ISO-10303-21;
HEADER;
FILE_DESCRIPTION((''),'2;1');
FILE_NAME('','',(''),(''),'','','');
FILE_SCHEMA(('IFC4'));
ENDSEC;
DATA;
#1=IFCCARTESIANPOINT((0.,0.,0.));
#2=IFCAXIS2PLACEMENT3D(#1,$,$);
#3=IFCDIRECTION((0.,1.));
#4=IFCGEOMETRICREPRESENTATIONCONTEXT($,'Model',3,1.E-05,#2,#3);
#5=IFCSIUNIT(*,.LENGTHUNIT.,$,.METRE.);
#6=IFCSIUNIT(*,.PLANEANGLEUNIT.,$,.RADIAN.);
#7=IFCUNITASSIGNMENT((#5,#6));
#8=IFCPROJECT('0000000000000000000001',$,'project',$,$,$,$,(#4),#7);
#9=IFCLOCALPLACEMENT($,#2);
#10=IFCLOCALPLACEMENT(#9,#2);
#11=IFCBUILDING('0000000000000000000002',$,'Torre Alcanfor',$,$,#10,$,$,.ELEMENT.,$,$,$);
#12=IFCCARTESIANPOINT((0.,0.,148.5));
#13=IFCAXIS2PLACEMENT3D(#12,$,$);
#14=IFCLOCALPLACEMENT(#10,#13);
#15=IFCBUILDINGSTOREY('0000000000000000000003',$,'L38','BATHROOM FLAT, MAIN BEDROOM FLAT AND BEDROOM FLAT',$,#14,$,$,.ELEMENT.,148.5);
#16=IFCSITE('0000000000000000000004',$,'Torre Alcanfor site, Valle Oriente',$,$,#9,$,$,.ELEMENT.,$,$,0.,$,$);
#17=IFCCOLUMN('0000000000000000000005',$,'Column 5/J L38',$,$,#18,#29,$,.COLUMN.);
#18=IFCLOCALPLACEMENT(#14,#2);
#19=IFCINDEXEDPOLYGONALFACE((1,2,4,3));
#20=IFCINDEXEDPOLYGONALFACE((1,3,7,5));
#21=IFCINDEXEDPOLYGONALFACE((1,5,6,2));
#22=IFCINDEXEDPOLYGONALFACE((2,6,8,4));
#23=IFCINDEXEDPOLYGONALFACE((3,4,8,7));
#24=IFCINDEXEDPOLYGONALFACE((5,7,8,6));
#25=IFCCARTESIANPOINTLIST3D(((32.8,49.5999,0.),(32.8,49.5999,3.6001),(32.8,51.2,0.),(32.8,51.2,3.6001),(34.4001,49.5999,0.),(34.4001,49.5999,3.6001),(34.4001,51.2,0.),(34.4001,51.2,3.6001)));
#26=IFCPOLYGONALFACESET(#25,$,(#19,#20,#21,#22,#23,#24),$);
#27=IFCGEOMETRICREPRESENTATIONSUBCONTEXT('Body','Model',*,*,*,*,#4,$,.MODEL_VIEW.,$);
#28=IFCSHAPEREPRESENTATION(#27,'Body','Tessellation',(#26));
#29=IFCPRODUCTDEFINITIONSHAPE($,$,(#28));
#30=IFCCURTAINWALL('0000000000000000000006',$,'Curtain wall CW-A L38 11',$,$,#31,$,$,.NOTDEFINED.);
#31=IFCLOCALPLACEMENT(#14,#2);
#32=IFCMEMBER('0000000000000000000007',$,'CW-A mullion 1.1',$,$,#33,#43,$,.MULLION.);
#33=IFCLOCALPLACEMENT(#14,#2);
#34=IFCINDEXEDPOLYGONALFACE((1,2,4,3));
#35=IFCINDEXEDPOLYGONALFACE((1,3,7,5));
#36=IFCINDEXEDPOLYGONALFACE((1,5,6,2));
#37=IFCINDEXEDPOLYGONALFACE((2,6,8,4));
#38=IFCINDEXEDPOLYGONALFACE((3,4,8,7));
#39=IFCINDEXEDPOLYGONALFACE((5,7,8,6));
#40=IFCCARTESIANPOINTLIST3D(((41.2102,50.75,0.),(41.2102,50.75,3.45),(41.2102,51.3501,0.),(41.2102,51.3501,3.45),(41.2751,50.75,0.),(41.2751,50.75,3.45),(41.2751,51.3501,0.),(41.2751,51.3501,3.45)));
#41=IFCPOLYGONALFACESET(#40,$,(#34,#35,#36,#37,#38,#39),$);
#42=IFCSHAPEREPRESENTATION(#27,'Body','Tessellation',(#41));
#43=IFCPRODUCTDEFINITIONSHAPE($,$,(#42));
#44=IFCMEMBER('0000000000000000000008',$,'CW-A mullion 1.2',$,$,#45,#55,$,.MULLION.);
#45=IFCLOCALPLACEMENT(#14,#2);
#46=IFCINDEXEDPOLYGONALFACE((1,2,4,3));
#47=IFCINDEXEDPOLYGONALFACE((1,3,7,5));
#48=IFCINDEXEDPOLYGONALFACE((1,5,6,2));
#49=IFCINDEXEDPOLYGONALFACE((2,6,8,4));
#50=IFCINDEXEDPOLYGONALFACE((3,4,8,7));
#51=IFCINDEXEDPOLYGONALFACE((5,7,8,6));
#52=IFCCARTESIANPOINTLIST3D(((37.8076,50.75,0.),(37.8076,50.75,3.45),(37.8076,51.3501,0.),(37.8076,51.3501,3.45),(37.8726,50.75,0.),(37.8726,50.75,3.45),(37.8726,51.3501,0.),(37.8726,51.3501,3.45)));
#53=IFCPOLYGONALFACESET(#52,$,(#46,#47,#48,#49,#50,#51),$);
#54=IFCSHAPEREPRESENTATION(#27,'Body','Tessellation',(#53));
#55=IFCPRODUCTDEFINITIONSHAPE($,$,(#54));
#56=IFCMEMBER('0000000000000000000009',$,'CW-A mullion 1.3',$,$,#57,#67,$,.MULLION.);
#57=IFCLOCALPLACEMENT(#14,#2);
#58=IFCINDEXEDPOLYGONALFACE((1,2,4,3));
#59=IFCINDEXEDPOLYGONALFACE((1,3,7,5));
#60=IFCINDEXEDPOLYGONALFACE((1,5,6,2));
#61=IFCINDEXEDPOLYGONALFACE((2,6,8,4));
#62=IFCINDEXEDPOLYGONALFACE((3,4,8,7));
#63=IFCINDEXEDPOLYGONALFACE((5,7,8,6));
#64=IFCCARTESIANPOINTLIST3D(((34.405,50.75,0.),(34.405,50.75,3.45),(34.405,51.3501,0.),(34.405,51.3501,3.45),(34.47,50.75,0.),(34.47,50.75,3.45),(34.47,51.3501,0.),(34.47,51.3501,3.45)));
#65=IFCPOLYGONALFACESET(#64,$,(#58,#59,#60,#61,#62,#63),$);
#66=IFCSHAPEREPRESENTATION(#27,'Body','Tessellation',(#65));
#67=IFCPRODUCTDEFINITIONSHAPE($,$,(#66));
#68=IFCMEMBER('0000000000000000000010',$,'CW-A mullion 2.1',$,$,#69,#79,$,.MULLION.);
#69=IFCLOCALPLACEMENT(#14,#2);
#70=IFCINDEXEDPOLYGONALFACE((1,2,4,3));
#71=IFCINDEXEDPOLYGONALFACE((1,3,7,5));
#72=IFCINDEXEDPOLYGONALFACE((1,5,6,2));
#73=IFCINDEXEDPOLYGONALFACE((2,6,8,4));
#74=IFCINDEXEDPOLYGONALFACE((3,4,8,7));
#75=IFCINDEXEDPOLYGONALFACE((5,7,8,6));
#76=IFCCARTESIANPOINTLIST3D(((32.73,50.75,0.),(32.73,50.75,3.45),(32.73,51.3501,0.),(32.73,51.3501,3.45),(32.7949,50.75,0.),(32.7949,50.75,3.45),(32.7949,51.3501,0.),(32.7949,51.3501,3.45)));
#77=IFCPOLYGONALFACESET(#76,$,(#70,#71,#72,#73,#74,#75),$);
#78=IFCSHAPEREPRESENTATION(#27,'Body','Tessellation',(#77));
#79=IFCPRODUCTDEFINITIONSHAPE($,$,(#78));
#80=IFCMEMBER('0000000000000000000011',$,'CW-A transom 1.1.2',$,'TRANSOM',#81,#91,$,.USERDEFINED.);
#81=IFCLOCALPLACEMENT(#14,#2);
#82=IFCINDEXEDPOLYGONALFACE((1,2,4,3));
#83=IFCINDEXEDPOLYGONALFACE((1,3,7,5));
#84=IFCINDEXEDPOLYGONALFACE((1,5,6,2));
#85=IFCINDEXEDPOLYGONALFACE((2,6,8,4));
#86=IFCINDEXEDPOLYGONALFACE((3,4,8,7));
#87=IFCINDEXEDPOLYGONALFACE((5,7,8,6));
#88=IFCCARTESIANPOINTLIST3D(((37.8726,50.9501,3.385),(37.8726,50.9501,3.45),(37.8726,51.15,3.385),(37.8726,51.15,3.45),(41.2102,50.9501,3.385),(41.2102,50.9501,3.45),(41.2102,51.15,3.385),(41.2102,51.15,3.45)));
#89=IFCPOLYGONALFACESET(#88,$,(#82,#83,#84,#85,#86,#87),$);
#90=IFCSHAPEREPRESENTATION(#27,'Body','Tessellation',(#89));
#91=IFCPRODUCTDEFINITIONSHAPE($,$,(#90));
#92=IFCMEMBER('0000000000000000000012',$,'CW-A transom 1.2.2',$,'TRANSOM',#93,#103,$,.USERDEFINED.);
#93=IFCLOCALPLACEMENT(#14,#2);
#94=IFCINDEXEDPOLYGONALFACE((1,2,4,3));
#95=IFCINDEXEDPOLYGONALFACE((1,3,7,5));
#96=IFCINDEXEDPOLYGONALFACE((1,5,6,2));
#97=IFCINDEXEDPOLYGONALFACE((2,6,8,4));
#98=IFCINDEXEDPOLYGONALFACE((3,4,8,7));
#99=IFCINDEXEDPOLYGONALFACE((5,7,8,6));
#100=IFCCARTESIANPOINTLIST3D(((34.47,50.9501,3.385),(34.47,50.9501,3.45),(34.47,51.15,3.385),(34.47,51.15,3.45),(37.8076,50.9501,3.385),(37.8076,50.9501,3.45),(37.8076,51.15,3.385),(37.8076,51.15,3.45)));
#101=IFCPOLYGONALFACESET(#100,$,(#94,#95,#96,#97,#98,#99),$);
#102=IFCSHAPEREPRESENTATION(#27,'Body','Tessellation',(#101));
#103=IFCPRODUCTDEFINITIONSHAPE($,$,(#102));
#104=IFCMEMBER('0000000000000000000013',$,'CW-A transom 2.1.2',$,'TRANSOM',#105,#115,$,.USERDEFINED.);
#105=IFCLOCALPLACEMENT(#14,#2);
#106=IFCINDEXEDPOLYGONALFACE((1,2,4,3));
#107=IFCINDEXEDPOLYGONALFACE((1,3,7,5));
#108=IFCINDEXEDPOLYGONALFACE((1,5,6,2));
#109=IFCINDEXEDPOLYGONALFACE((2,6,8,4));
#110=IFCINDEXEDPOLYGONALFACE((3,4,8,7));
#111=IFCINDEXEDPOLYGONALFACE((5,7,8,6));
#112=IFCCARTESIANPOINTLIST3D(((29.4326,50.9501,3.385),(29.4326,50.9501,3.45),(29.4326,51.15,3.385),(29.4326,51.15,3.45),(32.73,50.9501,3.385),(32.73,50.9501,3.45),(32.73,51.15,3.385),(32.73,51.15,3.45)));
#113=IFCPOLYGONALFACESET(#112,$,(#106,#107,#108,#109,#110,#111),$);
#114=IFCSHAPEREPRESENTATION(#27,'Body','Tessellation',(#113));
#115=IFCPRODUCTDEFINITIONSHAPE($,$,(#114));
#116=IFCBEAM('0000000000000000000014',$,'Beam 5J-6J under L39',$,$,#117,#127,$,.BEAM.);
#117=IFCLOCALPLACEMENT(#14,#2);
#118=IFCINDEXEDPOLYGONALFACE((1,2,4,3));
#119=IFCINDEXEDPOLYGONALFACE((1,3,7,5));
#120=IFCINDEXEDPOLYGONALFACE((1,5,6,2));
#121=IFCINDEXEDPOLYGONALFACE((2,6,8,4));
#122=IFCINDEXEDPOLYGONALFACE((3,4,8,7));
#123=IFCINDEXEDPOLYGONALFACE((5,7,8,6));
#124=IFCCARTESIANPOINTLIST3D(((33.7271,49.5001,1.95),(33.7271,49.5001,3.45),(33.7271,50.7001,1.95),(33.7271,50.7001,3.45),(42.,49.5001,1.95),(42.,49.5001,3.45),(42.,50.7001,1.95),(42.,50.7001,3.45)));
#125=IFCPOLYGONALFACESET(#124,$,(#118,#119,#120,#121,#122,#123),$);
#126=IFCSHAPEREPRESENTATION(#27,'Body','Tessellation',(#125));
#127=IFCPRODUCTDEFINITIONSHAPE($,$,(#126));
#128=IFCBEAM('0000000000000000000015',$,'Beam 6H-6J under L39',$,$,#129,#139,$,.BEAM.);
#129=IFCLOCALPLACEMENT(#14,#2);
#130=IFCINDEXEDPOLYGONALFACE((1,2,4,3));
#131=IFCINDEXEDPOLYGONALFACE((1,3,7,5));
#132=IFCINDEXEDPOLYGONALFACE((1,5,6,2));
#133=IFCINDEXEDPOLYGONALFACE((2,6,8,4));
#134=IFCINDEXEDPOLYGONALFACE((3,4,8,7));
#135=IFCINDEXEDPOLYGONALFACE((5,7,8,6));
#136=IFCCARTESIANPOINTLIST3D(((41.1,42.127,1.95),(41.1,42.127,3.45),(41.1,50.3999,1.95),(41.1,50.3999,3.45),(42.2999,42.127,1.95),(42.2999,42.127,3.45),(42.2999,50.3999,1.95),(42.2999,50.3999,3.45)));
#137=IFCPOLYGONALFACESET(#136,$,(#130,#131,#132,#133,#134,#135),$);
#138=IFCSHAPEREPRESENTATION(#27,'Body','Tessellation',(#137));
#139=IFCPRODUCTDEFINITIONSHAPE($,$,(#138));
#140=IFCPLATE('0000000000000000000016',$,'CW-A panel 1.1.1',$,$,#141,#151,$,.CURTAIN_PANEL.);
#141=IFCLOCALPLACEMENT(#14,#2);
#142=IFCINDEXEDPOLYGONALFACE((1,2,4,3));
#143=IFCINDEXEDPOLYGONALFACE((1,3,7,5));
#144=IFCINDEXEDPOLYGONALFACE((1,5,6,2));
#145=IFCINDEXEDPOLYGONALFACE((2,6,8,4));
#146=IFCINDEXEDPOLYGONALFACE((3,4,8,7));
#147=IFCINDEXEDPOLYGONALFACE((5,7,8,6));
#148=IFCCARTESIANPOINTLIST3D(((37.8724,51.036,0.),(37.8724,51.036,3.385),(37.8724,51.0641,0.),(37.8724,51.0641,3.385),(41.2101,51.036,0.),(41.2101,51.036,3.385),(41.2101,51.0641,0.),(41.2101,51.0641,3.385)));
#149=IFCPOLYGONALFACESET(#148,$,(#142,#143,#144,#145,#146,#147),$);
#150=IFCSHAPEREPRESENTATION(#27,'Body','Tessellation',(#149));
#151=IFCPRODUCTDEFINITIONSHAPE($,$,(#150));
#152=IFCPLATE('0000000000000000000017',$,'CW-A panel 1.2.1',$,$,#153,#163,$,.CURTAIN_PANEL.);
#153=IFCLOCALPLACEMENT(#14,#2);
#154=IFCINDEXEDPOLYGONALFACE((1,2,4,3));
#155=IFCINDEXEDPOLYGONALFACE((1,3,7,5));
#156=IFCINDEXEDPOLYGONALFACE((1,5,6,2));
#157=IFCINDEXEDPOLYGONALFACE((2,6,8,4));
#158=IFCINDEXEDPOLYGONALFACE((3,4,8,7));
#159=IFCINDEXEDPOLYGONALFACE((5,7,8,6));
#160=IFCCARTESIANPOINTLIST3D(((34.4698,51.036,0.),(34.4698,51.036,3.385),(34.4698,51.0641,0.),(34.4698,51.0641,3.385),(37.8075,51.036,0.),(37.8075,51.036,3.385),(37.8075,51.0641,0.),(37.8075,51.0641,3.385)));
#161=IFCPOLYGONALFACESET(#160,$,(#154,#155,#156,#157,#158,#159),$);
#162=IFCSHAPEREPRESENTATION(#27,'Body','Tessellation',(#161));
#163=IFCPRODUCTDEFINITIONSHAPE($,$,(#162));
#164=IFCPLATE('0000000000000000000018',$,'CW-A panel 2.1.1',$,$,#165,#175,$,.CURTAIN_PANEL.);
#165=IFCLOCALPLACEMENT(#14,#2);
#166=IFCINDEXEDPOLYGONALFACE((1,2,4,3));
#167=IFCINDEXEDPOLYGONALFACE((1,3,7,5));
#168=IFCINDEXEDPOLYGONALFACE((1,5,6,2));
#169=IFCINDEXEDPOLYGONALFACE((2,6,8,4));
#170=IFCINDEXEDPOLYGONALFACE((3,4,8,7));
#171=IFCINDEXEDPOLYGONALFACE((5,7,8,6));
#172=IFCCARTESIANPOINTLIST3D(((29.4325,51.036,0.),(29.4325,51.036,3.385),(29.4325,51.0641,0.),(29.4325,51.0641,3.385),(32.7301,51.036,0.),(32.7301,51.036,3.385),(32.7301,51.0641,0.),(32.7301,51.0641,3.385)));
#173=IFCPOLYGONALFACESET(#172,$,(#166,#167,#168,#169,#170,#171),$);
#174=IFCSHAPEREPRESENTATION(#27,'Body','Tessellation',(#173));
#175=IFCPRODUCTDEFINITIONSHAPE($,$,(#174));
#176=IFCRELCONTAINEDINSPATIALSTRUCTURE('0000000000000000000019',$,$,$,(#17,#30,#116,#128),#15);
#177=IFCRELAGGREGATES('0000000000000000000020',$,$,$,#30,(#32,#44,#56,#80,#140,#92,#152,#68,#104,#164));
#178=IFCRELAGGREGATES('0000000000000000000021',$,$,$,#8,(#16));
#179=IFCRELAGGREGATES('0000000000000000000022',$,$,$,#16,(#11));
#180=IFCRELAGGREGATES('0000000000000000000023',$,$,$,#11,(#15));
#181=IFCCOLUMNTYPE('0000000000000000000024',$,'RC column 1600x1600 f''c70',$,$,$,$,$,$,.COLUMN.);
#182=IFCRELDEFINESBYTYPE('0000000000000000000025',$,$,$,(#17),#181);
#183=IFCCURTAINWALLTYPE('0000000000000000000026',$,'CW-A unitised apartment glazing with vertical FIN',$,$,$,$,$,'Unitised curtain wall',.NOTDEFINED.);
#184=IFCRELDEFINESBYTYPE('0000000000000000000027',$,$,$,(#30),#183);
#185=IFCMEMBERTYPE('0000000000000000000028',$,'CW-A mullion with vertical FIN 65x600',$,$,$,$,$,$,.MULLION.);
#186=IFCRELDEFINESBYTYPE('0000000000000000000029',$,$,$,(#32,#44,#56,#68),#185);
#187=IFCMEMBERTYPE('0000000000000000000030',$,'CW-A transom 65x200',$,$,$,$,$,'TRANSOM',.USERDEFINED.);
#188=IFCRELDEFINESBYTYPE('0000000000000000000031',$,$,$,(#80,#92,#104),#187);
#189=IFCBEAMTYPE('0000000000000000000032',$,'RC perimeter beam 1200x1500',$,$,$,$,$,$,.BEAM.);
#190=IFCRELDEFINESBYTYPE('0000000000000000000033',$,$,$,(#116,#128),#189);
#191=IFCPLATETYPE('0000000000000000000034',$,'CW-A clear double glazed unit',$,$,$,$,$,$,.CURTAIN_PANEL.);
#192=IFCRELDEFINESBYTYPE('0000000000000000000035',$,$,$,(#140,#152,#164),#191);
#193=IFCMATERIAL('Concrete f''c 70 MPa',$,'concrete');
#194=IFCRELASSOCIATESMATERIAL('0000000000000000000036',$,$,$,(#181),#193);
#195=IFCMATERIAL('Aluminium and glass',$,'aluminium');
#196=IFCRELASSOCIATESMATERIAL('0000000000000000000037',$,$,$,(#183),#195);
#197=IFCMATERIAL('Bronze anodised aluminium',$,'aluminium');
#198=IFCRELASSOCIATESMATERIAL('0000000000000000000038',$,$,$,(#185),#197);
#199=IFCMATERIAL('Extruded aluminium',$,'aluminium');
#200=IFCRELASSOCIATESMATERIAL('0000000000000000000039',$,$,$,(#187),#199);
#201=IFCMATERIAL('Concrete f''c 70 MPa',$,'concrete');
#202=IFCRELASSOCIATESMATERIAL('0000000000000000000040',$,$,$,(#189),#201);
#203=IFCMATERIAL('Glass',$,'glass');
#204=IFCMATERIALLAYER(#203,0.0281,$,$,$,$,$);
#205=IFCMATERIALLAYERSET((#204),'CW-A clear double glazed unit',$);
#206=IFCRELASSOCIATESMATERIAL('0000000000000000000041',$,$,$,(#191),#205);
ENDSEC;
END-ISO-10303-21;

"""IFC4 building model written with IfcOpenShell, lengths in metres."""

from ifc_helpers import new_model, si_unit, direction, frame, origin, origin_2d, place, context, subcontext, project, spatial, rectangle, extrude, material, layer, layer_set, material_profile, profile_set, type_object, element, aggregate, save


model = new_model("IFC4")

# Units and contexts
model_context = context("Model", 3, precision=1e-05, world=origin(), true_north=direction((0.0, 1.0)))
body_context = subcontext(model_context, "Body", "Model", "MODEL_VIEW")
ifc_project = project(units=[si_unit("LENGTHUNIT", "METRE"), si_unit("PLANEANGLEUNIT", "RADIAN")], contexts=[model_context])

# Site, building, storey
site_placement = place(None, origin())
site = spatial("IfcSite", under=ifc_project, at=site_placement, Name="Torre Alcanfor site, Valle Oriente", CompositionType="ELEMENT", RefElevation=0.0)
building_placement = place(site_placement, origin())
building = spatial("IfcBuilding", under=site, at=building_placement, Name="Torre Alcanfor", CompositionType="ELEMENT")
storey_placement = place(building_placement, frame((0.0, 0.0, 148.5)))
storey = spatial("IfcBuildingStorey", under=building, at=storey_placement, Name="L38", Description="BATHROOM FLAT, MAIN BEDROOM FLAT AND BEDROOM FLAT", CompositionType="ELEMENT", Elevation=148.5)

# Column
ifc_material_1 = material(Name="Concrete f'c 70 MPa", Category="concrete")
ifc_material_profile_1 = material_profile(ifc_material_1, rectangle(XDim=1.6001, YDim=1.6001, at=origin_2d()), Name="1600x1600")
ifc_profile_set_1 = profile_set([ifc_material_profile_1], Name="Concrete f'c 70 MPa")
column_type = type_object("IfcColumnType", Name="RC column 1600x1600 f'c70", PredefinedType="COLUMN", material=ifc_profile_set_1)
column_placement = place(storey_placement, frame((33.6001, 50.3999, 0.0), z_axis=(0.0, 0.0, 1.0), x_axis=(1.0, 0.0, 0.0)))
element("IfcColumn", 1, at=column_placement, inside=storey, type_object=column_type, Name="Column 5/J L38", PredefinedType="COLUMN", context=body_context, shape_type="SweptSolid", body=[
    extrude(rectangle(XDim=1.6001, YDim=1.6001, at=origin_2d()), origin(), (0.0, 0.0, 1.0), 3.6001),
])

# Curtain wall, members
ifc_material_2 = material(Name="Aluminium and glass", Category="aluminium")
curtain_wall_type = type_object("IfcCurtainWallType", Name="CW-A unitised apartment glazing with vertical FIN", ElementType="Unitised curtain wall", PredefinedType="NOTDEFINED", material=ifc_material_2)
curtain_wall_placement = place(storey_placement, origin())
curtain_wall = element("IfcCurtainWall", 2, at=curtain_wall_placement, inside=storey, type_object=curtain_wall_type, Name="Curtain wall CW-A L38 11", PredefinedType="NOTDEFINED")
ifc_material_3 = material(Name="Bronze anodised aluminium", Category="aluminium")
ifc_material_profile_2 = material_profile(ifc_material_3, rectangle(XDim=0.6001, YDim=0.0649, at=origin_2d()), Name="CW-A mullion 65x600")
ifc_profile_set_2 = profile_set([ifc_material_profile_2], Name="Bronze anodised aluminium")
member_type_1 = type_object("IfcMemberType", Name="CW-A mullion with vertical FIN 65x600", PredefinedType="MULLION", material=ifc_profile_set_2)
member_1_placement = place(storey_placement, frame((41.2427, 51.05, 0.0), z_axis=(0.0, 0.0, 1.0), x_axis=(0.0, -1.0, 0.0)))
member_1 = element("IfcMember", 3, at=member_1_placement, type_object=member_type_1, Name="CW-A mullion 1.1", PredefinedType="MULLION", context=body_context, shape_type="SweptSolid", body=[
    extrude(rectangle(XDim=0.6001, YDim=0.0649, at=origin_2d()), origin(), (0.0, 0.0, 1.0), 3.45),
])
member_2_placement = place(storey_placement, frame((37.8401, 51.05, 0.0), z_axis=(0.0, 0.0, 1.0), x_axis=(0.0, -1.0, 0.0)))
member_2 = element("IfcMember", 4, at=member_2_placement, type_object=member_type_1, Name="CW-A mullion 1.2", PredefinedType="MULLION", context=body_context, shape_type="SweptSolid", body=[
    extrude(rectangle(XDim=0.6001, YDim=0.0649, at=origin_2d()), origin(), (0.0, 0.0, 1.0), 3.45),
])
member_3_placement = place(storey_placement, frame((34.4375, 51.05, 0.0), z_axis=(0.0, 0.0, 1.0), x_axis=(0.0, -1.0, 0.0)))
member_3 = element("IfcMember", 5, at=member_3_placement, type_object=member_type_1, Name="CW-A mullion 1.3", PredefinedType="MULLION", context=body_context, shape_type="SweptSolid", body=[
    extrude(rectangle(XDim=0.6001, YDim=0.0649, at=origin_2d()), origin(), (0.0, 0.0, 1.0), 3.45),
])
member_4_placement = place(storey_placement, frame((32.7625, 51.05, 0.0), z_axis=(0.0, 0.0, 1.0), x_axis=(0.0, -1.0, 0.0)))
member_4 = element("IfcMember", 6, at=member_4_placement, type_object=member_type_1, Name="CW-A mullion 2.1", PredefinedType="MULLION", context=body_context, shape_type="SweptSolid", body=[
    extrude(rectangle(XDim=0.6001, YDim=0.0649, at=origin_2d()), origin(), (0.0, 0.0, 1.0), 3.45),
])
ifc_material_4 = material(Name="Extruded aluminium", Category="aluminium")
ifc_material_profile_3 = material_profile(ifc_material_4, rectangle(XDim=0.2, YDim=0.0649, at=origin_2d()), Name="CW-A transom 200x65")
ifc_profile_set_3 = profile_set([ifc_material_profile_3], Name="Extruded aluminium")
member_type_2 = type_object("IfcMemberType", Name="CW-A transom 65x200", ElementType="TRANSOM", PredefinedType="USERDEFINED", material=ifc_profile_set_3)
member_5_placement = place(storey_placement, frame((41.2102, 51.05, 3.4175), z_axis=(-1.0, 0.0, 0.0), x_axis=(0.0, -1.0, 0.0)))
member_5 = element("IfcMember", 7, at=member_5_placement, type_object=member_type_2, Name="CW-A transom 1.1.2", ObjectType="TRANSOM", PredefinedType="USERDEFINED", context=body_context, shape_type="SweptSolid", body=[
    extrude(rectangle(XDim=0.2, YDim=0.0649, at=origin_2d()), origin(), (0.0, 0.0, 1.0), 3.3376),
])
member_6_placement = place(storey_placement, frame((37.8076, 51.05, 3.4175), z_axis=(-1.0, 0.0, 0.0), x_axis=(0.0, -1.0, 0.0)))
member_6 = element("IfcMember", 8, at=member_6_placement, type_object=member_type_2, Name="CW-A transom 1.2.2", ObjectType="TRANSOM", PredefinedType="USERDEFINED", context=body_context, shape_type="SweptSolid", body=[
    extrude(rectangle(XDim=0.2, YDim=0.0649, at=origin_2d()), origin(), (0.0, 0.0, 1.0), 3.3376),
])
member_7_placement = place(storey_placement, frame((32.73, 51.05, 3.4175), z_axis=(-1.0, 0.0, 0.0), x_axis=(0.0, -1.0, 0.0)))
member_7 = element("IfcMember", 9, at=member_7_placement, type_object=member_type_2, Name="CW-A transom 2.1.2", ObjectType="TRANSOM", PredefinedType="USERDEFINED", context=body_context, shape_type="SweptSolid", body=[
    extrude(rectangle(XDim=0.2, YDim=0.0649, at=origin_2d()), origin(), (0.0, 0.0, 1.0), 3.2974),
])

# Beams
ifc_material_5 = material(Name="Concrete f'c 70 MPa", Category="concrete")
ifc_material_profile_4 = material_profile(ifc_material_5, rectangle(XDim=1.2, YDim=1.5, at=origin_2d()), Name="1200x1500")
ifc_profile_set_4 = profile_set([ifc_material_profile_4], Name="Concrete f'c 70 MPa")
beam_type = type_object("IfcBeamType", Name="RC perimeter beam 1200x1500", PredefinedType="BEAM", material=ifc_profile_set_4)
for number, where, z_axis, x_axis, name in (
    (10, (33.7271, 50.1001, 2.7), (1.0, 0.0, 0.0), (0.0, 1.0, 0.0), "Beam 5J-6J under L39"),
    (11, (41.7, 42.127, 2.7), (0.0, 1.0, 0.0), (-1.0, 0.0, 0.0), "Beam 6H-6J under L39"),
):
    element("IfcBeam", number, at=place(storey_placement, frame(where, z_axis=z_axis, x_axis=x_axis)), inside=storey, type_object=beam_type, Name=name, PredefinedType="BEAM", context=body_context, shape_type="SweptSolid", body=[
        extrude(rectangle(XDim=1.2, YDim=1.5, at=origin_2d()), origin(), (0.0, 0.0, 1.0), 8.2729),
    ])

# Plates
ifc_material_6 = material(Name="Glass", Category="glass")
ifc_layer_1 = layer(ifc_material_6, 0.0281)
ifc_layer_set_1 = layer_set([ifc_layer_1], Name="CW-A clear double glazed unit")
plate_type = type_object("IfcPlateType", Name="CW-A clear double glazed unit", PredefinedType="CURTAIN_PANEL", material=ifc_layer_set_1)
plate_1_placement = place(storey_placement, frame((39.5413, 51.05, 0.0), z_axis=(0.0, 0.0, 1.0), x_axis=(-1.0, 0.0, 0.0)))
plate_1 = element("IfcPlate", 12, at=plate_1_placement, type_object=plate_type, Name="CW-A panel 1.1.1", PredefinedType="CURTAIN_PANEL", context=body_context, shape_type="SweptSolid", body=[
    extrude(rectangle(XDim=3.3376, YDim=0.0281, at=origin_2d()), origin(), (0.0, 0.0, 1.0), 3.385),
])
plate_2_placement = place(storey_placement, frame((36.1387, 51.05, 0.0), z_axis=(0.0, 0.0, 1.0), x_axis=(-1.0, 0.0, 0.0)))
plate_2 = element("IfcPlate", 13, at=plate_2_placement, type_object=plate_type, Name="CW-A panel 1.2.1", PredefinedType="CURTAIN_PANEL", context=body_context, shape_type="SweptSolid", body=[
    extrude(rectangle(XDim=3.3376, YDim=0.0281, at=origin_2d()), origin(), (0.0, 0.0, 1.0), 3.385),
])
plate_3_placement = place(storey_placement, frame((31.0813, 51.05, 0.0), z_axis=(0.0, 0.0, 1.0), x_axis=(-1.0, 0.0, 0.0)))
plate_3 = element("IfcPlate", 14, at=plate_3_placement, type_object=plate_type, Name="CW-A panel 2.1.1", PredefinedType="CURTAIN_PANEL", context=body_context, shape_type="SweptSolid", body=[
    extrude(rectangle(XDim=3.2976, YDim=0.0281, at=origin_2d()), origin(), (0.0, 0.0, 1.0), 3.385),
])
aggregate(curtain_wall, [member_1, member_2, member_3, member_5, plate_1, member_6, plate_2, member_4, member_7, plate_3])

save(model, "model.ifc")
